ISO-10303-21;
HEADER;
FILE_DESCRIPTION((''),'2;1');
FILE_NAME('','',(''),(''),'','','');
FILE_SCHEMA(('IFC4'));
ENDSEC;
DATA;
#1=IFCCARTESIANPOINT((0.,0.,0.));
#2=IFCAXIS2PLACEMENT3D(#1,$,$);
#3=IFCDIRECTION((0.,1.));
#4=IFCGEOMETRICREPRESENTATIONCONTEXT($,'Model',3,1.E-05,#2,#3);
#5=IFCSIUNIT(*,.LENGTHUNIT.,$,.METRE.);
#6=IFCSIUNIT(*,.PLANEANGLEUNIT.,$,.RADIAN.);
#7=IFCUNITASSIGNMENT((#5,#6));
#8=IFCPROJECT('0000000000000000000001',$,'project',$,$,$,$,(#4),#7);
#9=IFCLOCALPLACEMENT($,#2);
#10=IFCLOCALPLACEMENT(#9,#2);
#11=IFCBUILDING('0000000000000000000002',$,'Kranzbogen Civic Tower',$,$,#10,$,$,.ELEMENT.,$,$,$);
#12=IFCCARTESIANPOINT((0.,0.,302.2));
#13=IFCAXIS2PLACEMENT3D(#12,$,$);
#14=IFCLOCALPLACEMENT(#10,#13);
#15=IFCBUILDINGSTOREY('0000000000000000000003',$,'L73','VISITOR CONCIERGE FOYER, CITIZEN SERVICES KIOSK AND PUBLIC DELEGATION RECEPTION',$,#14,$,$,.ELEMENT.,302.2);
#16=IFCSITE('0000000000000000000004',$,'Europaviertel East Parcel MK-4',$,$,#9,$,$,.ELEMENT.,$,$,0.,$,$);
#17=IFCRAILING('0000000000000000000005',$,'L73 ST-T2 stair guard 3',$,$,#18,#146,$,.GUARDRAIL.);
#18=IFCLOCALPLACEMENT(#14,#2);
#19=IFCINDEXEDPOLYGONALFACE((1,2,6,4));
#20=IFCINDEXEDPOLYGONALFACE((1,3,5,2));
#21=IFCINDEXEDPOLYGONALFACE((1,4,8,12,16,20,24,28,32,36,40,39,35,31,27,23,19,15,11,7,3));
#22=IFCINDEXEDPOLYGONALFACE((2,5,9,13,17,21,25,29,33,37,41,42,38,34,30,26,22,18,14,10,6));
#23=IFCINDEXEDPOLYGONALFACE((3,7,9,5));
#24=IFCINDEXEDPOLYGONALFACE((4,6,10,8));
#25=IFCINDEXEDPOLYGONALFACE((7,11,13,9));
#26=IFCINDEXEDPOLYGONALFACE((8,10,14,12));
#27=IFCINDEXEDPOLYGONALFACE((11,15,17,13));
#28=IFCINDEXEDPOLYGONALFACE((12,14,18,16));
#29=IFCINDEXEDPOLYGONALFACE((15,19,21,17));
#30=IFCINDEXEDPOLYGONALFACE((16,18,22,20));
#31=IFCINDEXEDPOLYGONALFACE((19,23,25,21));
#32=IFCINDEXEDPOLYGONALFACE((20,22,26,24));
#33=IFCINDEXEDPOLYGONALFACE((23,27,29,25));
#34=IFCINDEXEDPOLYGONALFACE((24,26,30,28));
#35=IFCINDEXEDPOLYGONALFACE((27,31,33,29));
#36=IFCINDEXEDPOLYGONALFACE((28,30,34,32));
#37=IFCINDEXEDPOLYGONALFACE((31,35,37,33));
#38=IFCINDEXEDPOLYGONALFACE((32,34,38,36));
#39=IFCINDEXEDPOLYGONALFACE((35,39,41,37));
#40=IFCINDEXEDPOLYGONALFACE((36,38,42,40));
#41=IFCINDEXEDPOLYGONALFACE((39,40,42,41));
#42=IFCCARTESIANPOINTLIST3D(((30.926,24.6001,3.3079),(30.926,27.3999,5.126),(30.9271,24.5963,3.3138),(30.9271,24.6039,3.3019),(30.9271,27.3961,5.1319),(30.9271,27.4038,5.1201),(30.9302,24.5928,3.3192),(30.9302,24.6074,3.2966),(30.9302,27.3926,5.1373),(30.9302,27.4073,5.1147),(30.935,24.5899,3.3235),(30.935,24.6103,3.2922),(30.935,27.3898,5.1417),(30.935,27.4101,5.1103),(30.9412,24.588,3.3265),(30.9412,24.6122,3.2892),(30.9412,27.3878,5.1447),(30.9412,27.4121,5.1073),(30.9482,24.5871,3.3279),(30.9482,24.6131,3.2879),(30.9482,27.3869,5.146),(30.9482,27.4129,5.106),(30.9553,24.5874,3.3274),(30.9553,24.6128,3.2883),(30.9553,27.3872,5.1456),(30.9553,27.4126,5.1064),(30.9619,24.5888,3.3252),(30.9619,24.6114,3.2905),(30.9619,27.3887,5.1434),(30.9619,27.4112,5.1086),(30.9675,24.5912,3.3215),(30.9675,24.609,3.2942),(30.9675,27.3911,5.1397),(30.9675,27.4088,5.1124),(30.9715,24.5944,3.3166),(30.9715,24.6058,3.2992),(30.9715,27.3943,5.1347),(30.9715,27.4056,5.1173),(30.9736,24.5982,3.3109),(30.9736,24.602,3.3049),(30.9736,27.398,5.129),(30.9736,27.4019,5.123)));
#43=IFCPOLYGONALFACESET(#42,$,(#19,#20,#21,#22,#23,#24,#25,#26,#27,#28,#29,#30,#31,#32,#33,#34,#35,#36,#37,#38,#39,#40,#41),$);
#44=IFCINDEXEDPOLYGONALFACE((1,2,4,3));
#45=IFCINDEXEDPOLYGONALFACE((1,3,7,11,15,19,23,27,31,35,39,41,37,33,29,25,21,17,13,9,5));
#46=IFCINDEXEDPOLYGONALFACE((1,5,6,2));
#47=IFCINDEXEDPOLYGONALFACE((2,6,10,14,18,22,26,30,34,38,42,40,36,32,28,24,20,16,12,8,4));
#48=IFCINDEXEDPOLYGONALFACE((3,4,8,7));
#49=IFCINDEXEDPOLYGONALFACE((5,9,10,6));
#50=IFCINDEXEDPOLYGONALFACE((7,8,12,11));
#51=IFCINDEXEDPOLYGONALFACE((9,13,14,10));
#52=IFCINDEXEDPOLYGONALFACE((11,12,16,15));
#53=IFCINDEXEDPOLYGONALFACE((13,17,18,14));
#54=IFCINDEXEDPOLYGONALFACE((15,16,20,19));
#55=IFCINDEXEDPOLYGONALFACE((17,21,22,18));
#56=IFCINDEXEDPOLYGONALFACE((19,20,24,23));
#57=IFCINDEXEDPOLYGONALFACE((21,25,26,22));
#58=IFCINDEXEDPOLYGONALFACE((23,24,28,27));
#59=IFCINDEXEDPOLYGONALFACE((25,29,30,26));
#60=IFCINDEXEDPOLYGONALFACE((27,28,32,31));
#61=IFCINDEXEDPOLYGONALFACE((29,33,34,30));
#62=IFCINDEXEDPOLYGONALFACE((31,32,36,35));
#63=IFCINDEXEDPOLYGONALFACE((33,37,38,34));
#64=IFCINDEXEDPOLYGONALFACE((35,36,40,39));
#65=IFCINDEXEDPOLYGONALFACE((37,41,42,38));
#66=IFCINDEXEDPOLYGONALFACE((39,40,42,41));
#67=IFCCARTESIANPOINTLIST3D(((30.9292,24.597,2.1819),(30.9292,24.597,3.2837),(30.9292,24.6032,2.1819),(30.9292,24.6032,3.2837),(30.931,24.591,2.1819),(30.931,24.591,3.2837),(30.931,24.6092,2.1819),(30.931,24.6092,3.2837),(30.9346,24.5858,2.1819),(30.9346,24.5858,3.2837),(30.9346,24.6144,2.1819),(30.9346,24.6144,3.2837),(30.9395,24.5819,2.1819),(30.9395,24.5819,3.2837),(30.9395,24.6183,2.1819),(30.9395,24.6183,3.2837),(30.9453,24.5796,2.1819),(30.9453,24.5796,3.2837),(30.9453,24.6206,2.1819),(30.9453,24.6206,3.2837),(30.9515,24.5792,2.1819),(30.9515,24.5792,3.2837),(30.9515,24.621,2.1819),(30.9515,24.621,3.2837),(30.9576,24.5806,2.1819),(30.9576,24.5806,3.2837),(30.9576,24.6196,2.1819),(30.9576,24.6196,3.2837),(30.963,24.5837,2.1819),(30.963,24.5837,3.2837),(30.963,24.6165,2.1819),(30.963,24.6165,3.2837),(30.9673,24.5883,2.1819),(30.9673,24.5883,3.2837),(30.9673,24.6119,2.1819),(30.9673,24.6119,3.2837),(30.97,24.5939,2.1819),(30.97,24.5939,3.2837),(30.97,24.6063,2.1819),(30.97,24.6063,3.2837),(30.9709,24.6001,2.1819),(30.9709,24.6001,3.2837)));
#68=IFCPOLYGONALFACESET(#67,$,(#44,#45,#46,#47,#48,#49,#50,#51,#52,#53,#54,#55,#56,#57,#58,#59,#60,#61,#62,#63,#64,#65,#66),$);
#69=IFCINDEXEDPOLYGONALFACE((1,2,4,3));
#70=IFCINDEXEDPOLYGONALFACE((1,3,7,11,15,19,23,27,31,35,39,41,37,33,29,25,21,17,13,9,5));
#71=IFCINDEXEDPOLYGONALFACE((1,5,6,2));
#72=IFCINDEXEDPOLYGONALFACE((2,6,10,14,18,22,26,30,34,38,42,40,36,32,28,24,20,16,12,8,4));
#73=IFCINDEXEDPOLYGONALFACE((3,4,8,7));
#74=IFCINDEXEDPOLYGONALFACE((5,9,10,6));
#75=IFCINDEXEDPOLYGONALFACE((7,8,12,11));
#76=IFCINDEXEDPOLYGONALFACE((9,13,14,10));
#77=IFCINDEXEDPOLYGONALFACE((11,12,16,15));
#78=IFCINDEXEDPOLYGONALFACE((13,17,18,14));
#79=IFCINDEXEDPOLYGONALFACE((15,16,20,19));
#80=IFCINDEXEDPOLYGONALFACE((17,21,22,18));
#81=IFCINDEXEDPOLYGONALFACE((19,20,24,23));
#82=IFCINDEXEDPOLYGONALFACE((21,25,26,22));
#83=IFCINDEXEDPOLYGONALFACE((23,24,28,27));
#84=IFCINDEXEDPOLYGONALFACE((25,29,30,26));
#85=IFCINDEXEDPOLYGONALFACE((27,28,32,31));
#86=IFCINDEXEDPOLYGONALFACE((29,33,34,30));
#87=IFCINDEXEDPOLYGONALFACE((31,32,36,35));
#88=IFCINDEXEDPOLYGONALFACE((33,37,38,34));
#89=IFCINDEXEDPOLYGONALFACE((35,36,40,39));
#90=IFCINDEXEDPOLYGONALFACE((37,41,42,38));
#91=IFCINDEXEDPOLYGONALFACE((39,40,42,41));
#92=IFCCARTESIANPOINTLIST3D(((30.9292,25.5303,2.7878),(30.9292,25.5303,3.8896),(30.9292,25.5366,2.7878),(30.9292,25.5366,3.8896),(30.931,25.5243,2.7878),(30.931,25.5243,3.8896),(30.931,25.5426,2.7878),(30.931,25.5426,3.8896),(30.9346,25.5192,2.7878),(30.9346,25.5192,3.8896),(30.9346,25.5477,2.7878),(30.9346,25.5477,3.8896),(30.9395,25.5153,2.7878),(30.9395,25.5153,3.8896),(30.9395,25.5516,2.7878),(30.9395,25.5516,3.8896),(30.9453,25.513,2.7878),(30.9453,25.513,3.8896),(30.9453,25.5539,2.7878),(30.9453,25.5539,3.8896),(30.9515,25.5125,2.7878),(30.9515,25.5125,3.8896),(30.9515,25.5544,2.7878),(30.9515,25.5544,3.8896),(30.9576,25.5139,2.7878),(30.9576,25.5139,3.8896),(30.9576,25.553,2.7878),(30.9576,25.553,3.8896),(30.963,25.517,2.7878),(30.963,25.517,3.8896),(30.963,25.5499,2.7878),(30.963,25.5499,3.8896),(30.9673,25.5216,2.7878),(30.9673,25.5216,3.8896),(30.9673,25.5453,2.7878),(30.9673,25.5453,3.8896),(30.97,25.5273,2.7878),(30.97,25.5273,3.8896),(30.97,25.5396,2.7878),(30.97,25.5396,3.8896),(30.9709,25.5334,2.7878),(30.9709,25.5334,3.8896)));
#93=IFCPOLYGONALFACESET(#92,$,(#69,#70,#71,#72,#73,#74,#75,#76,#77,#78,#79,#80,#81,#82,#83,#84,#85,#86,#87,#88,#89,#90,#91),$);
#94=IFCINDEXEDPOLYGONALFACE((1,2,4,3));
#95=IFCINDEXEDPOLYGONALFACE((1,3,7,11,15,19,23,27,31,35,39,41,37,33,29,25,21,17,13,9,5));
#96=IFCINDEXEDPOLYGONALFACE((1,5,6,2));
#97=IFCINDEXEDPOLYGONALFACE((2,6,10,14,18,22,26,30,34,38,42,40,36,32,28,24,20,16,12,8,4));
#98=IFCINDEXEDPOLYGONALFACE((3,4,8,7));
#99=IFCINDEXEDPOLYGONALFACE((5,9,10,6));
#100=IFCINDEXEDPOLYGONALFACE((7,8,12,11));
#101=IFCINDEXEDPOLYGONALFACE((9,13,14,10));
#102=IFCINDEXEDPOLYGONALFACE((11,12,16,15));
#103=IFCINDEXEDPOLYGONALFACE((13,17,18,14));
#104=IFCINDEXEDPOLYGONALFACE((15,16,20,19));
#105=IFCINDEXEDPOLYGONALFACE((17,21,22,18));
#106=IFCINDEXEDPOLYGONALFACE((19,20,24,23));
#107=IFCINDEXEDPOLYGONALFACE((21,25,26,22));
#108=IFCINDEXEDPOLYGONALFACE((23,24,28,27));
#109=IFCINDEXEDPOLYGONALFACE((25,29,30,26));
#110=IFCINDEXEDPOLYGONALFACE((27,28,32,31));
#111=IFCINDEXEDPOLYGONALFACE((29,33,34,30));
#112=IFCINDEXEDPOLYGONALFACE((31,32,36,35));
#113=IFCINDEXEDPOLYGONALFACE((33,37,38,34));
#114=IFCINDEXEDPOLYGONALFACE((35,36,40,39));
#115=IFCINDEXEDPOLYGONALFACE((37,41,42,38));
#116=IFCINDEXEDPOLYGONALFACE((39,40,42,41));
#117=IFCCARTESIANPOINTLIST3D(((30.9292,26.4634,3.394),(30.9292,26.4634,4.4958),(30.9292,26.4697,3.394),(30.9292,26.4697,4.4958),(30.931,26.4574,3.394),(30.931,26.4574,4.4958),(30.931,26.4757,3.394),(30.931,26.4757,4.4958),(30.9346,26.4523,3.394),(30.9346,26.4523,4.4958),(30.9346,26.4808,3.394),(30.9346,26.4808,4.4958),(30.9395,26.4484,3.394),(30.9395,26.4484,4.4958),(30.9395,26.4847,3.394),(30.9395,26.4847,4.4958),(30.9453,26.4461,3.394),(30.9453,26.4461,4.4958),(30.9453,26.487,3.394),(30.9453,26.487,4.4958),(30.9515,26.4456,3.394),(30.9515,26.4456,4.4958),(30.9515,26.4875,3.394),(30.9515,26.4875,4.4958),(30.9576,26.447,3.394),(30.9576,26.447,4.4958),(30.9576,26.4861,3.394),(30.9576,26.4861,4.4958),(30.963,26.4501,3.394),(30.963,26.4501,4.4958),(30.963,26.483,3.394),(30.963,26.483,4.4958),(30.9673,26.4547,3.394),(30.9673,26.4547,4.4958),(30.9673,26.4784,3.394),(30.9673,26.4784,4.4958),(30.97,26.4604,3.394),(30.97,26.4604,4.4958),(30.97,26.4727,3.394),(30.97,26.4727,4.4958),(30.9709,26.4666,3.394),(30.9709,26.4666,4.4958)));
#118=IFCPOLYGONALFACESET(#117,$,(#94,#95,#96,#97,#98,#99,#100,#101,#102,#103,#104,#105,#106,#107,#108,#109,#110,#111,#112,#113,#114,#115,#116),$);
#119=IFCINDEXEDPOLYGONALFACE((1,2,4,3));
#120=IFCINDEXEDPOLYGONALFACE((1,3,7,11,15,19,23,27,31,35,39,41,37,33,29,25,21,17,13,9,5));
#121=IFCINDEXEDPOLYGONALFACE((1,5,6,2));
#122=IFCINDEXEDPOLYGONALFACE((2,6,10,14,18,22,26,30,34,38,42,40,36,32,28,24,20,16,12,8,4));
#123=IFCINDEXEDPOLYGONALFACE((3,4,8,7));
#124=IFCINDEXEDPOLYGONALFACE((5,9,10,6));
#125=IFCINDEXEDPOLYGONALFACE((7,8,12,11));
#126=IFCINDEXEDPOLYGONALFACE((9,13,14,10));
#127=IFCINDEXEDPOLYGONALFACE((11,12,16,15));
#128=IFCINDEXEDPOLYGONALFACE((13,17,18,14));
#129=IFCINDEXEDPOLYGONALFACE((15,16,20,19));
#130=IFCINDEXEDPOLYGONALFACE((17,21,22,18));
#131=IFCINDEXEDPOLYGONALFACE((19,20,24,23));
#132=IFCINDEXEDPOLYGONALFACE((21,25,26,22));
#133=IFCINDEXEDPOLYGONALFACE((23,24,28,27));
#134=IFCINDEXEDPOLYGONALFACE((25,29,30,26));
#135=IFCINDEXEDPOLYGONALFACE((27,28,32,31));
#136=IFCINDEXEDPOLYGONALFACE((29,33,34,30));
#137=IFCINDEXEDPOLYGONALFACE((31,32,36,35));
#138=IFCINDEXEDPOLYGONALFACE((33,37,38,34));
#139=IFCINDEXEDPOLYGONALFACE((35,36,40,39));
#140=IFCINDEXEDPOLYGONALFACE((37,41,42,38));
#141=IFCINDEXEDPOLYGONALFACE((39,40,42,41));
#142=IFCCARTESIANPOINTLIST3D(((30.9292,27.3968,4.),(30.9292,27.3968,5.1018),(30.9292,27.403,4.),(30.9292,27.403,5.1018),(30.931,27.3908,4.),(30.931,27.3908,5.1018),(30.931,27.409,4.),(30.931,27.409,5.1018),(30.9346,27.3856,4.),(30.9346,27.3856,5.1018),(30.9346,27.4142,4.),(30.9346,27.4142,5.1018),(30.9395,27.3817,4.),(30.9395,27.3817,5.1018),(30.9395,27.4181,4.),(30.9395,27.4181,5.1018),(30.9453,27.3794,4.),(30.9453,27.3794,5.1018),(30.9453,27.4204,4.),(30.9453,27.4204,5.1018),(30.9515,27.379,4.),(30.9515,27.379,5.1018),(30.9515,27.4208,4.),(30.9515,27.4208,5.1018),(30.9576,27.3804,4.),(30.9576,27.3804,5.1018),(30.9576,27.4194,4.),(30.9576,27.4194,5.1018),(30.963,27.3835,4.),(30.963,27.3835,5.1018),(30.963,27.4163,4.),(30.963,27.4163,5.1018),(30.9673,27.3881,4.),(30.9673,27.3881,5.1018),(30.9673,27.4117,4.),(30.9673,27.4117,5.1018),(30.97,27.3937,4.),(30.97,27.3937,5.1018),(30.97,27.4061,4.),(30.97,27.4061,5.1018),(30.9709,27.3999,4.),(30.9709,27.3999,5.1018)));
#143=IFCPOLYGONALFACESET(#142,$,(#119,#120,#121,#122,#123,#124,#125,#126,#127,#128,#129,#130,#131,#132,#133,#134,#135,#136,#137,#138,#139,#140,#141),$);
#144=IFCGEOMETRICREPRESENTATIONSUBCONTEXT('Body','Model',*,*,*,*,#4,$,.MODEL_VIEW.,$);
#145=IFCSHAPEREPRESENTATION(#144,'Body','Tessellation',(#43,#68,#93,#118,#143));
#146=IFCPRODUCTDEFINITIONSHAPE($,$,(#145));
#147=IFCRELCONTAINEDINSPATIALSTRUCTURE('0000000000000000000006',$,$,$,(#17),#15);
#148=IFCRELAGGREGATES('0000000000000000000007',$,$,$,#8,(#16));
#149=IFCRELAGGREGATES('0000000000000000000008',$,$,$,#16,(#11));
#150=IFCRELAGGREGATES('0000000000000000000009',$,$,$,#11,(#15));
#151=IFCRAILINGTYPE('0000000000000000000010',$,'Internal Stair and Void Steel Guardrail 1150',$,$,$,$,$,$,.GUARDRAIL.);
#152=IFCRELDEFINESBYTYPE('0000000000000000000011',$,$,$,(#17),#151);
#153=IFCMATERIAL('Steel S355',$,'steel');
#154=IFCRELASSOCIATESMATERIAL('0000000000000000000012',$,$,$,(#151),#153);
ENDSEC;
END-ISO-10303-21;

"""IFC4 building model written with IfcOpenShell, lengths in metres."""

from ifc_helpers import new_model, si_unit, direction, frame, origin, origin_2d, place, context, subcontext, project, spatial, circle, extrude, material, type_object, element, save


model = new_model("IFC4")

# Units and contexts
model_context = context("Model", 3, precision=1e-05, world=origin(), true_north=direction((0.0, 1.0)))
body_context = subcontext(model_context, "Body", "Model", "MODEL_VIEW")
ifc_project = project(units=[si_unit("LENGTHUNIT", "METRE"), si_unit("PLANEANGLEUNIT", "RADIAN")], contexts=[model_context])

# Site, building, storey
site_placement = place(None, origin())
site = spatial("IfcSite", under=ifc_project, at=site_placement, Name="Europaviertel East Parcel MK-4", CompositionType="ELEMENT", RefElevation=0.0)
building_placement = place(site_placement, origin())
building = spatial("IfcBuilding", under=site, at=building_placement, Name="Kranzbogen Civic Tower", CompositionType="ELEMENT")
storey_placement = place(building_placement, frame((0.0, 0.0, 302.2)))
storey = spatial("IfcBuildingStorey", under=building, at=storey_placement, Name="L73", Description="VISITOR CONCIERGE FOYER, CITIZEN SERVICES KIOSK AND PUBLIC DELEGATION RECEPTION", CompositionType="ELEMENT", Elevation=302.2)

# Shared definitions
ifc_material_1 = material(Name="Steel S355", Category="steel")

# Railing
railing_type_1 = type_object("IfcRailingType", Name="Internal Stair and Void Steel Guardrail 1150", PredefinedType="GUARDRAIL", material=ifc_material_1)
railing_1_placement = place(storey_placement, frame((30.95, 24.6001, 2.1819)))
element("IfcRailing", 1, at=railing_1_placement, inside=storey, type_object=railing_type_1, Name="L73 ST-T2 stair guard 3", PredefinedType="GUARDRAIL", context=body_context, shape_type="SweptSolid", body=[
    extrude(circle(Radius=0.0239, at=origin_2d()), frame((0.0, 0.0, 1.126), z_axis=(0.0, 0.838684, 0.544618), x_axis=(-1.0, 0.0, 0.0)), (0.0, 0.0, 1.0), 3.3384),
    extrude(circle(Radius=0.021, at=origin_2d()), origin(), (0.0, 0.0, 1.0), 1.1018),
    extrude(circle(Radius=0.021, at=origin_2d()), frame((0.0, 0.9333, 0.606)), (0.0, 0.0, 1.0), 1.1018),
    extrude(circle(Radius=0.021, at=origin_2d()), frame((0.0, 1.8665, 1.2122)), (0.0, 0.0, 1.0), 1.1018),
    extrude(circle(Radius=0.021, at=origin_2d()), frame((0.0, 2.7998, 1.8181)), (0.0, 0.0, 1.0), 1.1018),
])

save(model, "model.ifc")
